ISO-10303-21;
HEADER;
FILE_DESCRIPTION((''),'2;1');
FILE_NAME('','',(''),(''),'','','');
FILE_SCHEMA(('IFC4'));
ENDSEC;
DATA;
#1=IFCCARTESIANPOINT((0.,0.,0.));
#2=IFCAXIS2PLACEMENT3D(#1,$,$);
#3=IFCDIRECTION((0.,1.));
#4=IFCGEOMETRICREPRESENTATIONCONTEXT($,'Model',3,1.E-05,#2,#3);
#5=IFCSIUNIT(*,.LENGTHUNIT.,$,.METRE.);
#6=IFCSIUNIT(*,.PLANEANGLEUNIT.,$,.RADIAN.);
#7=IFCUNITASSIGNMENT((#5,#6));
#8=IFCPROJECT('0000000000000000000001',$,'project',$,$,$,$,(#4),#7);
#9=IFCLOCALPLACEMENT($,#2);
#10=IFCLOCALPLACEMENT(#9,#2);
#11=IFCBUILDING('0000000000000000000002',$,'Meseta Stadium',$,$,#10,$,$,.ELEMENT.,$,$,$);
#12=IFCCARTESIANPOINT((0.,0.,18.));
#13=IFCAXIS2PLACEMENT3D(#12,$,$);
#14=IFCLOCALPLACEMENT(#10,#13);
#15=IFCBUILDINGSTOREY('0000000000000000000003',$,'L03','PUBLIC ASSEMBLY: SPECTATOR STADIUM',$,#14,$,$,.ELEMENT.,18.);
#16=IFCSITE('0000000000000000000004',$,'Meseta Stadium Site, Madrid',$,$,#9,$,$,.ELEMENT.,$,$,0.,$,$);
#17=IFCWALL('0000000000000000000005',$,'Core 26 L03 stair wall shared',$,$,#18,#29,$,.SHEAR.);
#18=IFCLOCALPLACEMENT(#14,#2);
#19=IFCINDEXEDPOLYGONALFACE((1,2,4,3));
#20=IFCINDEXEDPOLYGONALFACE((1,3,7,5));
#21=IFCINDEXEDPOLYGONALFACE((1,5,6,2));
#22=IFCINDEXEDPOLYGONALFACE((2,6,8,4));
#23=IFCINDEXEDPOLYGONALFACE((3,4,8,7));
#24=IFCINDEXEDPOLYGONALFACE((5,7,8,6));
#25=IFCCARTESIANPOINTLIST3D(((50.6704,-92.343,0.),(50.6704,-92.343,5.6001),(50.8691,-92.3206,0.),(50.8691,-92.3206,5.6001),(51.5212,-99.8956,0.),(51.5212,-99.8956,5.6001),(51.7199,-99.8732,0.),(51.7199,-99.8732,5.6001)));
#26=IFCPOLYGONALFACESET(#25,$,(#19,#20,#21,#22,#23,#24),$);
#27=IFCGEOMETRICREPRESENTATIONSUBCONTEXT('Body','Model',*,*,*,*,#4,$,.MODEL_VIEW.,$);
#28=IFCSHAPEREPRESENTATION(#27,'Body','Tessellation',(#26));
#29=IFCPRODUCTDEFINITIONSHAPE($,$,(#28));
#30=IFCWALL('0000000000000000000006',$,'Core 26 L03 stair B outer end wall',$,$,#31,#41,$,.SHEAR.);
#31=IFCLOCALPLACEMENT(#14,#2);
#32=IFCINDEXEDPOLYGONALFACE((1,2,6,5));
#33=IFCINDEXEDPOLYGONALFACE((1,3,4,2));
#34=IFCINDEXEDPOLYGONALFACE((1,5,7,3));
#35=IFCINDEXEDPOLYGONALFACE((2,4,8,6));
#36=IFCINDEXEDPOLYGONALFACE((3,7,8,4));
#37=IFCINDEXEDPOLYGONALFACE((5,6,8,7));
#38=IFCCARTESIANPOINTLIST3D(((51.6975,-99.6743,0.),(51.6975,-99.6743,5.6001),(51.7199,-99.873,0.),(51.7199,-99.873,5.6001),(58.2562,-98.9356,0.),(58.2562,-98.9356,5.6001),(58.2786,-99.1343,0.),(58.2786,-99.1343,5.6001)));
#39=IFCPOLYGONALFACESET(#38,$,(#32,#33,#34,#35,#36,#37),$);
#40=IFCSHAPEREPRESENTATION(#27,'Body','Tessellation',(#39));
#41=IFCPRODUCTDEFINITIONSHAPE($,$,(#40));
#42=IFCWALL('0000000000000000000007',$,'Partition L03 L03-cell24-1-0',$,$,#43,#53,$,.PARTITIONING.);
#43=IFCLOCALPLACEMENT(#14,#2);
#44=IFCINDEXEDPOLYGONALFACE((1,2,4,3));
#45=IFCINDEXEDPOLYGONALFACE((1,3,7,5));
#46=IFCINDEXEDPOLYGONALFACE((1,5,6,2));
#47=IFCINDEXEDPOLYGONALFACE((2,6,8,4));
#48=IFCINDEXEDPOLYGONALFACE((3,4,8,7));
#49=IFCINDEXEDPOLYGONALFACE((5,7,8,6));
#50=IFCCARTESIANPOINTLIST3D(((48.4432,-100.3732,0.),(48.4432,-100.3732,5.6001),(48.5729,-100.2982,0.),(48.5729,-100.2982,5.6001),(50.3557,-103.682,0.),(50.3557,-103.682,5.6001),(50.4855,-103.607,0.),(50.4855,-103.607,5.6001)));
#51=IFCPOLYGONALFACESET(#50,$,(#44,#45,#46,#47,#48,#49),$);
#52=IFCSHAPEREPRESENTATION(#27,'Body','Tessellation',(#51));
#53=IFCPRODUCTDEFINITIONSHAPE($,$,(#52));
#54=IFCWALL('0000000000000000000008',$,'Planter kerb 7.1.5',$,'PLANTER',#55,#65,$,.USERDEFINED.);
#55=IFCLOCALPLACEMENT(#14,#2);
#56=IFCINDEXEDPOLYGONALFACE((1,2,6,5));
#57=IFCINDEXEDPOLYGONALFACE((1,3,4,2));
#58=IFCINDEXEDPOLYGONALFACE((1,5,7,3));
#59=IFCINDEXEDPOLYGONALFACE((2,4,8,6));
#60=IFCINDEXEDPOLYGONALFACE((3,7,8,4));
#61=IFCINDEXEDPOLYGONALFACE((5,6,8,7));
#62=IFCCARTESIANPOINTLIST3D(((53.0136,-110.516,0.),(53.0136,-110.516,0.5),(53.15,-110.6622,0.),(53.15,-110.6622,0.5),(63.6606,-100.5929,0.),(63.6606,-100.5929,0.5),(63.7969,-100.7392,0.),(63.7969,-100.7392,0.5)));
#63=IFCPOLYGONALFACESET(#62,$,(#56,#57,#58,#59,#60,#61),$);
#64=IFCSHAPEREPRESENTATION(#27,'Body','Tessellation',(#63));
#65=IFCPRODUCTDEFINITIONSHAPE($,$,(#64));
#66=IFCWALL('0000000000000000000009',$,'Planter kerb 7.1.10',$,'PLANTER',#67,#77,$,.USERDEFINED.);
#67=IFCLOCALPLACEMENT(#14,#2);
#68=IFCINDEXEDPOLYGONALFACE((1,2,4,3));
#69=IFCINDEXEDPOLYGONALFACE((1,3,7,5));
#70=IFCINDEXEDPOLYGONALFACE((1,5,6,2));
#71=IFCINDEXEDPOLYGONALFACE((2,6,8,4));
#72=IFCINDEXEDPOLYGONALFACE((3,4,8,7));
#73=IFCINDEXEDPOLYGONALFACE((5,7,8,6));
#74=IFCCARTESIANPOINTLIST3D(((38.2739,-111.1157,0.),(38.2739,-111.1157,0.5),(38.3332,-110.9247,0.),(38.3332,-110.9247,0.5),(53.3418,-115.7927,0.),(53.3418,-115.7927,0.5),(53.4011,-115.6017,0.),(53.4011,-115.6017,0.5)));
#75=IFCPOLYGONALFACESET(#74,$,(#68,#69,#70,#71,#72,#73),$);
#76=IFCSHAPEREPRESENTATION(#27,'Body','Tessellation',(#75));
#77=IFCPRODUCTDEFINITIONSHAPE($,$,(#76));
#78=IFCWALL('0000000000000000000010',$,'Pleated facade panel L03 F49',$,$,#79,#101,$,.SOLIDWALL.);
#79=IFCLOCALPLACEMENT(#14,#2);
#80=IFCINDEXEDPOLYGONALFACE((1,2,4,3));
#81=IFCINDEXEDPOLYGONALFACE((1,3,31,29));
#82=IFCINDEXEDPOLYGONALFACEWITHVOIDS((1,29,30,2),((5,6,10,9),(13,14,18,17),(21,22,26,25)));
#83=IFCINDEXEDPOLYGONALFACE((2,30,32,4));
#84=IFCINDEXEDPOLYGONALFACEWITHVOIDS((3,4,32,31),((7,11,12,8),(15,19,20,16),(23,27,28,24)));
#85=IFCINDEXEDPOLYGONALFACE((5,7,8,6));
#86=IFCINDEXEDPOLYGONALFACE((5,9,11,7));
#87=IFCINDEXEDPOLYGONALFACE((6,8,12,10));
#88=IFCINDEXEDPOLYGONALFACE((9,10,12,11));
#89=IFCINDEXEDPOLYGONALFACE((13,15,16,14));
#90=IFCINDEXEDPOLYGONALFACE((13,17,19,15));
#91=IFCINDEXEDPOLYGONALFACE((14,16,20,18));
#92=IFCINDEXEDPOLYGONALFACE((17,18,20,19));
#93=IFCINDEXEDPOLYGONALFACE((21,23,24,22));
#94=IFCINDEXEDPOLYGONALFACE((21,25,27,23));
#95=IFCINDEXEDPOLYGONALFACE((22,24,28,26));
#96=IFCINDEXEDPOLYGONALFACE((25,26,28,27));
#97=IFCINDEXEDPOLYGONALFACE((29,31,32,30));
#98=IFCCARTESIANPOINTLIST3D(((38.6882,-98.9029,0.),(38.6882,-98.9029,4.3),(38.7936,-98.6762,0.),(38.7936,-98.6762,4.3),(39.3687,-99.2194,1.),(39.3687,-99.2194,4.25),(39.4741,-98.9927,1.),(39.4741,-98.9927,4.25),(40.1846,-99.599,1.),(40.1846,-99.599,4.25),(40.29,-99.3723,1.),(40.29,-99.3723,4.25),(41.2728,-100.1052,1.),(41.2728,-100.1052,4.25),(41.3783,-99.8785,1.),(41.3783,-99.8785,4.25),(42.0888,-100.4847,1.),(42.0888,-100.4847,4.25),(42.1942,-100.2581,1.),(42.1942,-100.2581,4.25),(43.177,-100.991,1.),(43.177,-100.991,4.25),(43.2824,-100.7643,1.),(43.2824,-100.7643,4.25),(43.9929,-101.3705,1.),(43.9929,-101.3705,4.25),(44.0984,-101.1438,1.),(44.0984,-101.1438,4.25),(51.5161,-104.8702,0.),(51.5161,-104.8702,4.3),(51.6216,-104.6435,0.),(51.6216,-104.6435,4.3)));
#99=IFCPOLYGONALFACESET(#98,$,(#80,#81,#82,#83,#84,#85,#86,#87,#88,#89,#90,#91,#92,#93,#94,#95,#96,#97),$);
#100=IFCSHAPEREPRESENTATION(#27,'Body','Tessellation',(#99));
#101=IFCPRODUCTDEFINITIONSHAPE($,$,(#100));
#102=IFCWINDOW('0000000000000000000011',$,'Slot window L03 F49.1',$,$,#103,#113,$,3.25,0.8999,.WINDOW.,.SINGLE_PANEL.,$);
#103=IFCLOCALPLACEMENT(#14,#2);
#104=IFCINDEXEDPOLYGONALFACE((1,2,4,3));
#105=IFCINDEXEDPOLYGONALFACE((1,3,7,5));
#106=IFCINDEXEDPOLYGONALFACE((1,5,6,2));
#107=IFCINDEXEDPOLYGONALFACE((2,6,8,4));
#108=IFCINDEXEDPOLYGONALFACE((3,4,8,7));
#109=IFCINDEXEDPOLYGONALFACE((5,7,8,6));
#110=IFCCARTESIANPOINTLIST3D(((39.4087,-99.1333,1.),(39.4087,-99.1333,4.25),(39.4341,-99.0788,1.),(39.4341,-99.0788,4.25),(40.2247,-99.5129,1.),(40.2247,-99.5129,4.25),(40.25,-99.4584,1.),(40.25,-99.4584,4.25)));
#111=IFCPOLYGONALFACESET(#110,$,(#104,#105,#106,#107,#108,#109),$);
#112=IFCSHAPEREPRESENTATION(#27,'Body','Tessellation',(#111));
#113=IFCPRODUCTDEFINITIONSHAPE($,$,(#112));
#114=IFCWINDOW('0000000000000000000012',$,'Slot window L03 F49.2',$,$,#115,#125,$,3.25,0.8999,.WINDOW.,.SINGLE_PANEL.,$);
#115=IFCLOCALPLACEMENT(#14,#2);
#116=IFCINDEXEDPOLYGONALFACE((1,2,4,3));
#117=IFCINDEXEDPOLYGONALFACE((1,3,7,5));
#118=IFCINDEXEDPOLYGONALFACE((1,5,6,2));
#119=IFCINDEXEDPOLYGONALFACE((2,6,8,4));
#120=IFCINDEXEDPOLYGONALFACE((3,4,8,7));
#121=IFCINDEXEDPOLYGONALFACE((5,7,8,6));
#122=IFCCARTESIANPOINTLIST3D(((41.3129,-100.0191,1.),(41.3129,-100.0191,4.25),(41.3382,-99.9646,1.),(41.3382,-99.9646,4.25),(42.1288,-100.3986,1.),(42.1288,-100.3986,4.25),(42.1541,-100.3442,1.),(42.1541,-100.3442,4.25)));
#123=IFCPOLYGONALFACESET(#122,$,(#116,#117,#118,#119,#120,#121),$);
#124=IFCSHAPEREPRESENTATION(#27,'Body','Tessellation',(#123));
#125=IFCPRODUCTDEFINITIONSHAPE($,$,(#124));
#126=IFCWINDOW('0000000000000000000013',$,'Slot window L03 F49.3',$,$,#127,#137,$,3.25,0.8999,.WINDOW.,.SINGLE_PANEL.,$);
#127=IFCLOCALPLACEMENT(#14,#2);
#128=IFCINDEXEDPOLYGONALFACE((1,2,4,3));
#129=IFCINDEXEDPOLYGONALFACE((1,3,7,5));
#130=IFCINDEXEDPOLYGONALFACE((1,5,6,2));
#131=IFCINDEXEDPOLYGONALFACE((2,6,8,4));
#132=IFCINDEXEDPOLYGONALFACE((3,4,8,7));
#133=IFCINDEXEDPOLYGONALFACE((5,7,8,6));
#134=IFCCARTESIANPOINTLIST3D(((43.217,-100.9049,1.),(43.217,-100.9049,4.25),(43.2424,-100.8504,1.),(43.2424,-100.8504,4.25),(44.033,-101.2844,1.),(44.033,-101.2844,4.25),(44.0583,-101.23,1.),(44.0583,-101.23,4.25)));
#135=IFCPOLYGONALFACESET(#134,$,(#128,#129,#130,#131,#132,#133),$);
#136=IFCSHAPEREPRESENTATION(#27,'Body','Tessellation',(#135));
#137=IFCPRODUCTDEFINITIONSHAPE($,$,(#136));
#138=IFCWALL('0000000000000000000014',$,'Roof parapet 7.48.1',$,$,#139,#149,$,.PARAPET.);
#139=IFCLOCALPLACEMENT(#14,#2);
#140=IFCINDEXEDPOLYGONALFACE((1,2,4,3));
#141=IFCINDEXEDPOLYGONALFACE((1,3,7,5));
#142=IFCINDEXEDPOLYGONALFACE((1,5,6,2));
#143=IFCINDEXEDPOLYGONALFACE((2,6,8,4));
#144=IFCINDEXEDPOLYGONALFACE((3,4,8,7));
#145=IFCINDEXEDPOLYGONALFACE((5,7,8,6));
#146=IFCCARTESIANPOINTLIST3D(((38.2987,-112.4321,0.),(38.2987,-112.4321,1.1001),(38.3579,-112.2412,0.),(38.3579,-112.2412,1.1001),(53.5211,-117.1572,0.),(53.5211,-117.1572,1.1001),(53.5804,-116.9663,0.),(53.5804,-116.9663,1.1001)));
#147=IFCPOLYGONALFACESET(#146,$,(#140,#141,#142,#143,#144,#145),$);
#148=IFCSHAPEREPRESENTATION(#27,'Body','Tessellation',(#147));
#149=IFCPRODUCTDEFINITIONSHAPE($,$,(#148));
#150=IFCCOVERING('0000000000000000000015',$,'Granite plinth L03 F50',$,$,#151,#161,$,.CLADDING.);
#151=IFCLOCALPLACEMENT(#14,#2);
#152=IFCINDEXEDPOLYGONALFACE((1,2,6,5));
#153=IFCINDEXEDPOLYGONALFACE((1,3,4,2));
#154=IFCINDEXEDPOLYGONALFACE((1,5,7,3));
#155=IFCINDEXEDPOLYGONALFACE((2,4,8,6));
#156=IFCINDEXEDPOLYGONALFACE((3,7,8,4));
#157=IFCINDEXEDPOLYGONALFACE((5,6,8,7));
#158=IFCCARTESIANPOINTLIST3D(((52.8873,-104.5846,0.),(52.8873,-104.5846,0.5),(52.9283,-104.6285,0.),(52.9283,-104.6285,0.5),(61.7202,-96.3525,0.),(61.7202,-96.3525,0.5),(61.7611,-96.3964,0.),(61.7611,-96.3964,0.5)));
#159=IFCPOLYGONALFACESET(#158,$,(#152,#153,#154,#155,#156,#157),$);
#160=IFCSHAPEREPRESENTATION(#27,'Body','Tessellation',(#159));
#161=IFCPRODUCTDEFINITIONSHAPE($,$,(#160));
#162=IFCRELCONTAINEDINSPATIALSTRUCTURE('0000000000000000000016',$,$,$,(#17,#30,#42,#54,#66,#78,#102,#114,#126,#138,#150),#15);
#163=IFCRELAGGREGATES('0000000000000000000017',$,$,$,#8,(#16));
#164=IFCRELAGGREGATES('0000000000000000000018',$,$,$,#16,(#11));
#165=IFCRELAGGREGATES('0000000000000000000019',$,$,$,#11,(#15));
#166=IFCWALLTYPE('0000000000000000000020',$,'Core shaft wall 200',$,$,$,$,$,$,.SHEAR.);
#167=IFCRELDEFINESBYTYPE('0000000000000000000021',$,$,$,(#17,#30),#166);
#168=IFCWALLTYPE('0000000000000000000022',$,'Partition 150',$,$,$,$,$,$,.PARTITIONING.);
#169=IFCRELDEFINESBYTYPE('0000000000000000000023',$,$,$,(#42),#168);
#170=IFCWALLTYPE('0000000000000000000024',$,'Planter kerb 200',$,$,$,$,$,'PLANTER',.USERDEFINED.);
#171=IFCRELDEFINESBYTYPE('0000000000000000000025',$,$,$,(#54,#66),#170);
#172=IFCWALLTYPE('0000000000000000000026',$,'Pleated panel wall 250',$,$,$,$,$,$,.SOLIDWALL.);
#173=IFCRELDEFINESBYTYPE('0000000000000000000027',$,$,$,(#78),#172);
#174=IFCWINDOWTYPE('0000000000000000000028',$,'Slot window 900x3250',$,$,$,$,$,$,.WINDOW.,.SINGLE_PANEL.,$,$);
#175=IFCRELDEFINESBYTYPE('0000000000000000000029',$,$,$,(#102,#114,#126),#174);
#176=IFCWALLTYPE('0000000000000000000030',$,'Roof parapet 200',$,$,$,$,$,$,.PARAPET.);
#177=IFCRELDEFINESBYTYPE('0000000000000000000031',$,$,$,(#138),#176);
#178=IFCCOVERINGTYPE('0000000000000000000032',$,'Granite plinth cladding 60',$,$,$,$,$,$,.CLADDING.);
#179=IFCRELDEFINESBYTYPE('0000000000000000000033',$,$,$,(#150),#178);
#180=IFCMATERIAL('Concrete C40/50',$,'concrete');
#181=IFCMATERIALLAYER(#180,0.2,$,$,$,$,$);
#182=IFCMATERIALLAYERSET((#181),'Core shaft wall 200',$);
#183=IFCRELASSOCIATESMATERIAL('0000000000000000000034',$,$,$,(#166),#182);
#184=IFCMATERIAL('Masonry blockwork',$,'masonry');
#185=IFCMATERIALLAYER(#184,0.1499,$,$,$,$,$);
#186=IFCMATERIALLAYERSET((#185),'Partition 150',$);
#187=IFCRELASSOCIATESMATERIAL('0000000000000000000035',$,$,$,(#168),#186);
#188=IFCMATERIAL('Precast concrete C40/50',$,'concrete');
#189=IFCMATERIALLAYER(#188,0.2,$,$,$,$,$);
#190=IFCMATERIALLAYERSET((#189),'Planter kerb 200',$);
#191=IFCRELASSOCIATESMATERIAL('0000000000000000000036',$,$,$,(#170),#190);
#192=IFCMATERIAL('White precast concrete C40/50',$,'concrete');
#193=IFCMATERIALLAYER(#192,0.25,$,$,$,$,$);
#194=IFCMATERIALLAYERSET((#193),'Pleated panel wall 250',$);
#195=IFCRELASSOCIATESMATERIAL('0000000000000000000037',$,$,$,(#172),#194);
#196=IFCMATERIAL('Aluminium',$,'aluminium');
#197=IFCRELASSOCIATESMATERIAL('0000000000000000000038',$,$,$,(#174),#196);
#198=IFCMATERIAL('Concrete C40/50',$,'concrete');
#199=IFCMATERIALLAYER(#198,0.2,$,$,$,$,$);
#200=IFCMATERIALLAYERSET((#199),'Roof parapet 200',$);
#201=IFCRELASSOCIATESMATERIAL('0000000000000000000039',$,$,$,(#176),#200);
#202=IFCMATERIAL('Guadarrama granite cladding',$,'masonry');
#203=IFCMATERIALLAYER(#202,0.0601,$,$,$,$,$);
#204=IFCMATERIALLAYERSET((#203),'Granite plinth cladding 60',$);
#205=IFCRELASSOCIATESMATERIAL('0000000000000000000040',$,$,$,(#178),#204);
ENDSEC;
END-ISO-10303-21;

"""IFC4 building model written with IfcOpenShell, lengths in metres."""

from ifc_helpers import new_model, si_unit, direction, frame, frame_2d, origin, origin_2d, place, context, subcontext, project, spatial, rectangle, extrude, material, layer, layer_set, type_object, element, fill, save


model = new_model("IFC4")

# Units and contexts
model_context = context("Model", 3, precision=1e-05, world=origin(), true_north=direction((0.0, 1.0)))
body_context = subcontext(model_context, "Body", "Model", "MODEL_VIEW")
ifc_project = project(units=[si_unit("LENGTHUNIT", "METRE"), si_unit("PLANEANGLEUNIT", "RADIAN")], contexts=[model_context])

# Site, building, storey
site_placement = place(None, origin())
site = spatial("IfcSite", under=ifc_project, at=site_placement, Name="Meseta Stadium Site, Madrid", CompositionType="ELEMENT", RefElevation=0.0)
building_placement = place(site_placement, origin())
building = spatial("IfcBuilding", under=site, at=building_placement, Name="Meseta Stadium", CompositionType="ELEMENT")
storey_placement = place(building_placement, frame((0.0, 0.0, 18.0)))
storey = spatial("IfcBuildingStorey", under=building, at=storey_placement, Name="L03", Description="PUBLIC ASSEMBLY: SPECTATOR STADIUM", CompositionType="ELEMENT", Elevation=18.0)

# Walls
ifc_material_1 = material(Name="Concrete C40/50", Category="concrete")
ifc_layer_1 = layer(ifc_material_1, 0.2)
ifc_layer_set_1 = layer_set([ifc_layer_1], Name="Core shaft wall 200")
wall_type_1 = type_object("IfcWallType", Name="Core shaft wall 200", PredefinedType="SHEAR", material=ifc_layer_set_1)
wall_1_placement = place(storey_placement, frame((51.6206, -99.8845, 0.0), z_axis=(0.0, 0.0, 1.0), x_axis=(-0.111947, 0.993714, 0.0)))
element("IfcWall", 1, at=wall_1_placement, inside=storey, type_object=wall_type_1, Name="Core 26 L03 stair wall shared", PredefinedType="SHEAR", context=body_context, shape_type="SweptSolid", body=[
    extrude(rectangle(XDim=7.6003, YDim=0.2, at=frame_2d((3.8003, 0.0))), origin(), (0.0, 0.0, 1.0), 5.6001),
])
wall_2_placement = place(storey_placement, frame((51.7087, -99.7737, 0.0), z_axis=(0.0, 0.0, 1.0), x_axis=(0.993716, 0.111934, 0.0)))
element("IfcWall", 2, at=wall_2_placement, inside=storey, type_object=wall_type_1, Name="Core 26 L03 stair B outer end wall", PredefinedType="SHEAR", context=body_context, shape_type="SweptSolid", body=[
    extrude(rectangle(XDim=6.6001, YDim=0.2, at=frame_2d((3.3, 0.0))), origin(), (0.0, 0.0, 1.0), 5.6001),
])
ifc_material_2 = material(Name="Masonry blockwork", Category="masonry")
ifc_layer_2 = layer(ifc_material_2, 0.1499)
ifc_layer_set_2 = layer_set([ifc_layer_2], Name="Partition 150")
wall_type_2 = type_object("IfcWallType", Name="Partition 150", PredefinedType="PARTITIONING", material=ifc_layer_set_2)
wall_3_placement = place(storey_placement, frame((48.5081, -100.3357, 0.0), z_axis=(0.0, 0.0, 1.0), x_axis=(0.500439, -0.865772, 0.0)))
element("IfcWall", 3, at=wall_3_placement, inside=storey, type_object=wall_type_2, Name="Partition L03 L03-cell24-1-0", PredefinedType="PARTITIONING", context=body_context, shape_type="SweptSolid", body=[
    extrude(rectangle(XDim=3.8218, YDim=0.1499, at=frame_2d((1.9109, 0.0))), origin(), (0.0, 0.0, 1.0), 5.6001),
])
ifc_material_3 = material(Name="Precast concrete C40/50", Category="concrete")
ifc_layer_3 = layer(ifc_material_3, 0.2)
ifc_layer_set_3 = layer_set([ifc_layer_3], Name="Planter kerb 200")
wall_type_3 = type_object("IfcWallType", Name="Planter kerb 200", ElementType="PLANTER", PredefinedType="USERDEFINED", material=ifc_layer_set_3)
wall_4_placement = place(storey_placement, frame((53.0818, -110.5891, 0.0), z_axis=(0.0, 0.0, 1.0), x_axis=(0.731538, 0.681801, 0.0)))
element("IfcWall", 4, at=wall_4_placement, inside=storey, type_object=wall_type_3, Name="Planter kerb 7.1.5", ObjectType="PLANTER", PredefinedType="USERDEFINED", context=body_context, shape_type="SweptSolid", body=[
    extrude(rectangle(XDim=14.5542, YDim=0.2, at=frame_2d((7.2771, 0.0))), origin(), (0.0, 0.0, 1.0), 0.5),
])
wall_5_placement = place(storey_placement, frame((53.3716, -115.6973, 0.0), z_axis=(0.0, 0.0, 1.0), x_axis=(-0.95505, 0.296444, 0.0)))
element("IfcWall", 5, at=wall_5_placement, inside=storey, type_object=wall_type_3, Name="Planter kerb 7.1.10", ObjectType="PLANTER", PredefinedType="USERDEFINED", context=body_context, shape_type="SweptSolid", body=[
    extrude(rectangle(XDim=15.7771, YDim=0.2, at=frame_2d((7.8887, 0.0))), origin(), (0.0, 0.0, 1.0), 0.5),
])

# Wall, openings, windows
ifc_material_4 = material(Name="White precast concrete C40/50", Category="concrete")
ifc_layer_4 = layer(ifc_material_4, 0.25)
ifc_layer_set_4 = layer_set([ifc_layer_4], Name="Pleated panel wall 250")
wall_type_4 = type_object("IfcWallType", Name="Pleated panel wall 250", PredefinedType="SOLIDWALL", material=ifc_layer_set_4)
wall_6_placement = place(storey_placement, frame((51.5688, -104.7568, 0.0), z_axis=(0.0, 0.0, 1.0), x_axis=(-0.906699, 0.421779, 0.0)))
wall_6 = element("IfcWall", 6, at=wall_6_placement, inside=storey, type_object=wall_type_4, Name="Pleated facade panel L03 F49", PredefinedType="SOLIDWALL", context=body_context, shape_type="SweptSolid", body=[
    extrude(rectangle(XDim=14.1479, YDim=0.25, at=frame_2d((7.074, 0.0))), origin(), (0.0, 0.0, 1.0), 4.3),
])
opening_1_placement = place(wall_6_placement, frame((12.4976, 0.0, 1.0)))
opening_1 = element("IfcOpeningElement", 7, at=opening_1_placement, cuts=wall_6, PredefinedType="OPENING", context=body_context, shape_type="SweptSolid", body=[
    extrude(rectangle(XDim=0.8999, YDim=3.25, at=frame_2d((0.45, 1.625))), frame((0.0, 0.135, 0.0), z_axis=(0.0, -1.0, 0.0), x_axis=(1.0, 0.0, 0.0)), (0.0, 0.0, 1.0), 0.27),
])
opening_2_placement = place(wall_6_placement, frame((10.3975, 0.0, 1.0)))
opening_2 = element("IfcOpeningElement", 8, at=opening_2_placement, cuts=wall_6, PredefinedType="OPENING", context=body_context, shape_type="SweptSolid", body=[
    extrude(rectangle(XDim=0.8999, YDim=3.25, at=frame_2d((0.45, 1.625))), frame((0.0, 0.135, 0.0), z_axis=(0.0, -1.0, 0.0), x_axis=(1.0, 0.0, 0.0)), (0.0, 0.0, 1.0), 0.27),
])
opening_3_placement = place(wall_6_placement, frame((8.2974, 0.0, 1.0)))
opening_3 = element("IfcOpeningElement", 9, at=opening_3_placement, cuts=wall_6, PredefinedType="OPENING", context=body_context, shape_type="SweptSolid", body=[
    extrude(rectangle(XDim=0.8999, YDim=3.25, at=frame_2d((0.45, 1.625))), frame((0.0, 0.135, 0.0), z_axis=(0.0, -1.0, 0.0), x_axis=(1.0, 0.0, 0.0)), (0.0, 0.0, 1.0), 0.27),
])
ifc_material_5 = material(Name="Aluminium", Category="aluminium")
window_type = type_object("IfcWindowType", Name="Slot window 900x3250", PartitioningType="SINGLE_PANEL", PredefinedType="WINDOW", material=ifc_material_5)
window_1_placement = place(opening_1_placement, origin())
window_1 = element("IfcWindow", 10, at=window_1_placement, inside=storey, type_object=window_type, Name="Slot window L03 F49.1", OverallHeight=3.25, OverallWidth=0.8999, PartitioningType="SINGLE_PANEL", PredefinedType="WINDOW", context=body_context, shape_type="SweptSolid", body=[
    extrude(rectangle(XDim=0.8999, YDim=3.25, at=frame_2d((0.45, 1.625))), frame((0.0, 0.03, 0.0), z_axis=(0.0, -1.0, 0.0), x_axis=(1.0, 0.0, 0.0)), (0.0, 0.0, 1.0), 0.0601),
])
fill(opening_1, window_1)
window_2_placement = place(opening_2_placement, origin())
window_2 = element("IfcWindow", 11, at=window_2_placement, inside=storey, type_object=window_type, Name="Slot window L03 F49.2", OverallHeight=3.25, OverallWidth=0.8999, PartitioningType="SINGLE_PANEL", PredefinedType="WINDOW", context=body_context, shape_type="SweptSolid", body=[
    extrude(rectangle(XDim=0.8999, YDim=3.25, at=frame_2d((0.45, 1.625))), frame((0.0, 0.03, 0.0), z_axis=(0.0, -1.0, 0.0), x_axis=(1.0, 0.0, 0.0)), (0.0, 0.0, 1.0), 0.0601),
])
fill(opening_2, window_2)
window_3_placement = place(opening_3_placement, origin())
window_3 = element("IfcWindow", 12, at=window_3_placement, inside=storey, type_object=window_type, Name="Slot window L03 F49.3", OverallHeight=3.25, OverallWidth=0.8999, PartitioningType="SINGLE_PANEL", PredefinedType="WINDOW", context=body_context, shape_type="SweptSolid", body=[
    extrude(rectangle(XDim=0.8999, YDim=3.25, at=frame_2d((0.45, 1.625))), frame((0.0, 0.03, 0.0), z_axis=(0.0, -1.0, 0.0), x_axis=(1.0, 0.0, 0.0)), (0.0, 0.0, 1.0), 0.0601),
])
fill(opening_3, window_3)

# Wall
ifc_material_6 = material(Name="Concrete C40/50", Category="concrete")
ifc_layer_5 = layer(ifc_material_6, 0.2)
ifc_layer_set_5 = layer_set([ifc_layer_5], Name="Roof parapet 200")
wall_type_5 = type_object("IfcWallType", Name="Roof parapet 200", PredefinedType="PARAPET", material=ifc_layer_set_5)
wall_7_placement = place(storey_placement, frame((53.5508, -117.0618, 0.0), z_axis=(0.0, 0.0, 1.0), x_axis=(-0.955048, 0.296451, 0.0)))
element("IfcWall", 13, at=wall_7_placement, inside=storey, type_object=wall_type_5, Name="Roof parapet 7.48.1", PredefinedType="PARAPET", context=body_context, shape_type="SweptSolid", body=[
    extrude(rectangle(XDim=15.939, YDim=0.2, at=frame_2d((7.9695, 0.0))), origin(), (0.0, 0.0, 1.0), 1.1001),
])

# Covering
ifc_material_7 = material(Name="Guadarrama granite cladding", Category="masonry")
ifc_layer_6 = layer(ifc_material_7, 0.0601)
ifc_layer_set_6 = layer_set([ifc_layer_6], Name="Granite plinth cladding 60")
covering_type_1 = type_object("IfcCoveringType", Name="Granite plinth cladding 60", PredefinedType="CLADDING", material=ifc_layer_set_6)
covering_1_placement = place(storey_placement, frame((57.3242, -100.4905, 0.0), z_axis=(0.0, 0.0, 1.0), x_axis=(-0.731545, -0.681793, 0.0)))
element("IfcCovering", 14, at=covering_1_placement, inside=storey, type_object=covering_type_1, Name="Granite plinth L03 F50", PredefinedType="CLADDING", context=body_context, shape_type="SweptSolid", body=[
    extrude(rectangle(XDim=12.0742, YDim=0.0601, at=origin_2d()), origin(), (0.0, 0.0, 1.0), 0.5),
])

save(model, "model.ifc")
